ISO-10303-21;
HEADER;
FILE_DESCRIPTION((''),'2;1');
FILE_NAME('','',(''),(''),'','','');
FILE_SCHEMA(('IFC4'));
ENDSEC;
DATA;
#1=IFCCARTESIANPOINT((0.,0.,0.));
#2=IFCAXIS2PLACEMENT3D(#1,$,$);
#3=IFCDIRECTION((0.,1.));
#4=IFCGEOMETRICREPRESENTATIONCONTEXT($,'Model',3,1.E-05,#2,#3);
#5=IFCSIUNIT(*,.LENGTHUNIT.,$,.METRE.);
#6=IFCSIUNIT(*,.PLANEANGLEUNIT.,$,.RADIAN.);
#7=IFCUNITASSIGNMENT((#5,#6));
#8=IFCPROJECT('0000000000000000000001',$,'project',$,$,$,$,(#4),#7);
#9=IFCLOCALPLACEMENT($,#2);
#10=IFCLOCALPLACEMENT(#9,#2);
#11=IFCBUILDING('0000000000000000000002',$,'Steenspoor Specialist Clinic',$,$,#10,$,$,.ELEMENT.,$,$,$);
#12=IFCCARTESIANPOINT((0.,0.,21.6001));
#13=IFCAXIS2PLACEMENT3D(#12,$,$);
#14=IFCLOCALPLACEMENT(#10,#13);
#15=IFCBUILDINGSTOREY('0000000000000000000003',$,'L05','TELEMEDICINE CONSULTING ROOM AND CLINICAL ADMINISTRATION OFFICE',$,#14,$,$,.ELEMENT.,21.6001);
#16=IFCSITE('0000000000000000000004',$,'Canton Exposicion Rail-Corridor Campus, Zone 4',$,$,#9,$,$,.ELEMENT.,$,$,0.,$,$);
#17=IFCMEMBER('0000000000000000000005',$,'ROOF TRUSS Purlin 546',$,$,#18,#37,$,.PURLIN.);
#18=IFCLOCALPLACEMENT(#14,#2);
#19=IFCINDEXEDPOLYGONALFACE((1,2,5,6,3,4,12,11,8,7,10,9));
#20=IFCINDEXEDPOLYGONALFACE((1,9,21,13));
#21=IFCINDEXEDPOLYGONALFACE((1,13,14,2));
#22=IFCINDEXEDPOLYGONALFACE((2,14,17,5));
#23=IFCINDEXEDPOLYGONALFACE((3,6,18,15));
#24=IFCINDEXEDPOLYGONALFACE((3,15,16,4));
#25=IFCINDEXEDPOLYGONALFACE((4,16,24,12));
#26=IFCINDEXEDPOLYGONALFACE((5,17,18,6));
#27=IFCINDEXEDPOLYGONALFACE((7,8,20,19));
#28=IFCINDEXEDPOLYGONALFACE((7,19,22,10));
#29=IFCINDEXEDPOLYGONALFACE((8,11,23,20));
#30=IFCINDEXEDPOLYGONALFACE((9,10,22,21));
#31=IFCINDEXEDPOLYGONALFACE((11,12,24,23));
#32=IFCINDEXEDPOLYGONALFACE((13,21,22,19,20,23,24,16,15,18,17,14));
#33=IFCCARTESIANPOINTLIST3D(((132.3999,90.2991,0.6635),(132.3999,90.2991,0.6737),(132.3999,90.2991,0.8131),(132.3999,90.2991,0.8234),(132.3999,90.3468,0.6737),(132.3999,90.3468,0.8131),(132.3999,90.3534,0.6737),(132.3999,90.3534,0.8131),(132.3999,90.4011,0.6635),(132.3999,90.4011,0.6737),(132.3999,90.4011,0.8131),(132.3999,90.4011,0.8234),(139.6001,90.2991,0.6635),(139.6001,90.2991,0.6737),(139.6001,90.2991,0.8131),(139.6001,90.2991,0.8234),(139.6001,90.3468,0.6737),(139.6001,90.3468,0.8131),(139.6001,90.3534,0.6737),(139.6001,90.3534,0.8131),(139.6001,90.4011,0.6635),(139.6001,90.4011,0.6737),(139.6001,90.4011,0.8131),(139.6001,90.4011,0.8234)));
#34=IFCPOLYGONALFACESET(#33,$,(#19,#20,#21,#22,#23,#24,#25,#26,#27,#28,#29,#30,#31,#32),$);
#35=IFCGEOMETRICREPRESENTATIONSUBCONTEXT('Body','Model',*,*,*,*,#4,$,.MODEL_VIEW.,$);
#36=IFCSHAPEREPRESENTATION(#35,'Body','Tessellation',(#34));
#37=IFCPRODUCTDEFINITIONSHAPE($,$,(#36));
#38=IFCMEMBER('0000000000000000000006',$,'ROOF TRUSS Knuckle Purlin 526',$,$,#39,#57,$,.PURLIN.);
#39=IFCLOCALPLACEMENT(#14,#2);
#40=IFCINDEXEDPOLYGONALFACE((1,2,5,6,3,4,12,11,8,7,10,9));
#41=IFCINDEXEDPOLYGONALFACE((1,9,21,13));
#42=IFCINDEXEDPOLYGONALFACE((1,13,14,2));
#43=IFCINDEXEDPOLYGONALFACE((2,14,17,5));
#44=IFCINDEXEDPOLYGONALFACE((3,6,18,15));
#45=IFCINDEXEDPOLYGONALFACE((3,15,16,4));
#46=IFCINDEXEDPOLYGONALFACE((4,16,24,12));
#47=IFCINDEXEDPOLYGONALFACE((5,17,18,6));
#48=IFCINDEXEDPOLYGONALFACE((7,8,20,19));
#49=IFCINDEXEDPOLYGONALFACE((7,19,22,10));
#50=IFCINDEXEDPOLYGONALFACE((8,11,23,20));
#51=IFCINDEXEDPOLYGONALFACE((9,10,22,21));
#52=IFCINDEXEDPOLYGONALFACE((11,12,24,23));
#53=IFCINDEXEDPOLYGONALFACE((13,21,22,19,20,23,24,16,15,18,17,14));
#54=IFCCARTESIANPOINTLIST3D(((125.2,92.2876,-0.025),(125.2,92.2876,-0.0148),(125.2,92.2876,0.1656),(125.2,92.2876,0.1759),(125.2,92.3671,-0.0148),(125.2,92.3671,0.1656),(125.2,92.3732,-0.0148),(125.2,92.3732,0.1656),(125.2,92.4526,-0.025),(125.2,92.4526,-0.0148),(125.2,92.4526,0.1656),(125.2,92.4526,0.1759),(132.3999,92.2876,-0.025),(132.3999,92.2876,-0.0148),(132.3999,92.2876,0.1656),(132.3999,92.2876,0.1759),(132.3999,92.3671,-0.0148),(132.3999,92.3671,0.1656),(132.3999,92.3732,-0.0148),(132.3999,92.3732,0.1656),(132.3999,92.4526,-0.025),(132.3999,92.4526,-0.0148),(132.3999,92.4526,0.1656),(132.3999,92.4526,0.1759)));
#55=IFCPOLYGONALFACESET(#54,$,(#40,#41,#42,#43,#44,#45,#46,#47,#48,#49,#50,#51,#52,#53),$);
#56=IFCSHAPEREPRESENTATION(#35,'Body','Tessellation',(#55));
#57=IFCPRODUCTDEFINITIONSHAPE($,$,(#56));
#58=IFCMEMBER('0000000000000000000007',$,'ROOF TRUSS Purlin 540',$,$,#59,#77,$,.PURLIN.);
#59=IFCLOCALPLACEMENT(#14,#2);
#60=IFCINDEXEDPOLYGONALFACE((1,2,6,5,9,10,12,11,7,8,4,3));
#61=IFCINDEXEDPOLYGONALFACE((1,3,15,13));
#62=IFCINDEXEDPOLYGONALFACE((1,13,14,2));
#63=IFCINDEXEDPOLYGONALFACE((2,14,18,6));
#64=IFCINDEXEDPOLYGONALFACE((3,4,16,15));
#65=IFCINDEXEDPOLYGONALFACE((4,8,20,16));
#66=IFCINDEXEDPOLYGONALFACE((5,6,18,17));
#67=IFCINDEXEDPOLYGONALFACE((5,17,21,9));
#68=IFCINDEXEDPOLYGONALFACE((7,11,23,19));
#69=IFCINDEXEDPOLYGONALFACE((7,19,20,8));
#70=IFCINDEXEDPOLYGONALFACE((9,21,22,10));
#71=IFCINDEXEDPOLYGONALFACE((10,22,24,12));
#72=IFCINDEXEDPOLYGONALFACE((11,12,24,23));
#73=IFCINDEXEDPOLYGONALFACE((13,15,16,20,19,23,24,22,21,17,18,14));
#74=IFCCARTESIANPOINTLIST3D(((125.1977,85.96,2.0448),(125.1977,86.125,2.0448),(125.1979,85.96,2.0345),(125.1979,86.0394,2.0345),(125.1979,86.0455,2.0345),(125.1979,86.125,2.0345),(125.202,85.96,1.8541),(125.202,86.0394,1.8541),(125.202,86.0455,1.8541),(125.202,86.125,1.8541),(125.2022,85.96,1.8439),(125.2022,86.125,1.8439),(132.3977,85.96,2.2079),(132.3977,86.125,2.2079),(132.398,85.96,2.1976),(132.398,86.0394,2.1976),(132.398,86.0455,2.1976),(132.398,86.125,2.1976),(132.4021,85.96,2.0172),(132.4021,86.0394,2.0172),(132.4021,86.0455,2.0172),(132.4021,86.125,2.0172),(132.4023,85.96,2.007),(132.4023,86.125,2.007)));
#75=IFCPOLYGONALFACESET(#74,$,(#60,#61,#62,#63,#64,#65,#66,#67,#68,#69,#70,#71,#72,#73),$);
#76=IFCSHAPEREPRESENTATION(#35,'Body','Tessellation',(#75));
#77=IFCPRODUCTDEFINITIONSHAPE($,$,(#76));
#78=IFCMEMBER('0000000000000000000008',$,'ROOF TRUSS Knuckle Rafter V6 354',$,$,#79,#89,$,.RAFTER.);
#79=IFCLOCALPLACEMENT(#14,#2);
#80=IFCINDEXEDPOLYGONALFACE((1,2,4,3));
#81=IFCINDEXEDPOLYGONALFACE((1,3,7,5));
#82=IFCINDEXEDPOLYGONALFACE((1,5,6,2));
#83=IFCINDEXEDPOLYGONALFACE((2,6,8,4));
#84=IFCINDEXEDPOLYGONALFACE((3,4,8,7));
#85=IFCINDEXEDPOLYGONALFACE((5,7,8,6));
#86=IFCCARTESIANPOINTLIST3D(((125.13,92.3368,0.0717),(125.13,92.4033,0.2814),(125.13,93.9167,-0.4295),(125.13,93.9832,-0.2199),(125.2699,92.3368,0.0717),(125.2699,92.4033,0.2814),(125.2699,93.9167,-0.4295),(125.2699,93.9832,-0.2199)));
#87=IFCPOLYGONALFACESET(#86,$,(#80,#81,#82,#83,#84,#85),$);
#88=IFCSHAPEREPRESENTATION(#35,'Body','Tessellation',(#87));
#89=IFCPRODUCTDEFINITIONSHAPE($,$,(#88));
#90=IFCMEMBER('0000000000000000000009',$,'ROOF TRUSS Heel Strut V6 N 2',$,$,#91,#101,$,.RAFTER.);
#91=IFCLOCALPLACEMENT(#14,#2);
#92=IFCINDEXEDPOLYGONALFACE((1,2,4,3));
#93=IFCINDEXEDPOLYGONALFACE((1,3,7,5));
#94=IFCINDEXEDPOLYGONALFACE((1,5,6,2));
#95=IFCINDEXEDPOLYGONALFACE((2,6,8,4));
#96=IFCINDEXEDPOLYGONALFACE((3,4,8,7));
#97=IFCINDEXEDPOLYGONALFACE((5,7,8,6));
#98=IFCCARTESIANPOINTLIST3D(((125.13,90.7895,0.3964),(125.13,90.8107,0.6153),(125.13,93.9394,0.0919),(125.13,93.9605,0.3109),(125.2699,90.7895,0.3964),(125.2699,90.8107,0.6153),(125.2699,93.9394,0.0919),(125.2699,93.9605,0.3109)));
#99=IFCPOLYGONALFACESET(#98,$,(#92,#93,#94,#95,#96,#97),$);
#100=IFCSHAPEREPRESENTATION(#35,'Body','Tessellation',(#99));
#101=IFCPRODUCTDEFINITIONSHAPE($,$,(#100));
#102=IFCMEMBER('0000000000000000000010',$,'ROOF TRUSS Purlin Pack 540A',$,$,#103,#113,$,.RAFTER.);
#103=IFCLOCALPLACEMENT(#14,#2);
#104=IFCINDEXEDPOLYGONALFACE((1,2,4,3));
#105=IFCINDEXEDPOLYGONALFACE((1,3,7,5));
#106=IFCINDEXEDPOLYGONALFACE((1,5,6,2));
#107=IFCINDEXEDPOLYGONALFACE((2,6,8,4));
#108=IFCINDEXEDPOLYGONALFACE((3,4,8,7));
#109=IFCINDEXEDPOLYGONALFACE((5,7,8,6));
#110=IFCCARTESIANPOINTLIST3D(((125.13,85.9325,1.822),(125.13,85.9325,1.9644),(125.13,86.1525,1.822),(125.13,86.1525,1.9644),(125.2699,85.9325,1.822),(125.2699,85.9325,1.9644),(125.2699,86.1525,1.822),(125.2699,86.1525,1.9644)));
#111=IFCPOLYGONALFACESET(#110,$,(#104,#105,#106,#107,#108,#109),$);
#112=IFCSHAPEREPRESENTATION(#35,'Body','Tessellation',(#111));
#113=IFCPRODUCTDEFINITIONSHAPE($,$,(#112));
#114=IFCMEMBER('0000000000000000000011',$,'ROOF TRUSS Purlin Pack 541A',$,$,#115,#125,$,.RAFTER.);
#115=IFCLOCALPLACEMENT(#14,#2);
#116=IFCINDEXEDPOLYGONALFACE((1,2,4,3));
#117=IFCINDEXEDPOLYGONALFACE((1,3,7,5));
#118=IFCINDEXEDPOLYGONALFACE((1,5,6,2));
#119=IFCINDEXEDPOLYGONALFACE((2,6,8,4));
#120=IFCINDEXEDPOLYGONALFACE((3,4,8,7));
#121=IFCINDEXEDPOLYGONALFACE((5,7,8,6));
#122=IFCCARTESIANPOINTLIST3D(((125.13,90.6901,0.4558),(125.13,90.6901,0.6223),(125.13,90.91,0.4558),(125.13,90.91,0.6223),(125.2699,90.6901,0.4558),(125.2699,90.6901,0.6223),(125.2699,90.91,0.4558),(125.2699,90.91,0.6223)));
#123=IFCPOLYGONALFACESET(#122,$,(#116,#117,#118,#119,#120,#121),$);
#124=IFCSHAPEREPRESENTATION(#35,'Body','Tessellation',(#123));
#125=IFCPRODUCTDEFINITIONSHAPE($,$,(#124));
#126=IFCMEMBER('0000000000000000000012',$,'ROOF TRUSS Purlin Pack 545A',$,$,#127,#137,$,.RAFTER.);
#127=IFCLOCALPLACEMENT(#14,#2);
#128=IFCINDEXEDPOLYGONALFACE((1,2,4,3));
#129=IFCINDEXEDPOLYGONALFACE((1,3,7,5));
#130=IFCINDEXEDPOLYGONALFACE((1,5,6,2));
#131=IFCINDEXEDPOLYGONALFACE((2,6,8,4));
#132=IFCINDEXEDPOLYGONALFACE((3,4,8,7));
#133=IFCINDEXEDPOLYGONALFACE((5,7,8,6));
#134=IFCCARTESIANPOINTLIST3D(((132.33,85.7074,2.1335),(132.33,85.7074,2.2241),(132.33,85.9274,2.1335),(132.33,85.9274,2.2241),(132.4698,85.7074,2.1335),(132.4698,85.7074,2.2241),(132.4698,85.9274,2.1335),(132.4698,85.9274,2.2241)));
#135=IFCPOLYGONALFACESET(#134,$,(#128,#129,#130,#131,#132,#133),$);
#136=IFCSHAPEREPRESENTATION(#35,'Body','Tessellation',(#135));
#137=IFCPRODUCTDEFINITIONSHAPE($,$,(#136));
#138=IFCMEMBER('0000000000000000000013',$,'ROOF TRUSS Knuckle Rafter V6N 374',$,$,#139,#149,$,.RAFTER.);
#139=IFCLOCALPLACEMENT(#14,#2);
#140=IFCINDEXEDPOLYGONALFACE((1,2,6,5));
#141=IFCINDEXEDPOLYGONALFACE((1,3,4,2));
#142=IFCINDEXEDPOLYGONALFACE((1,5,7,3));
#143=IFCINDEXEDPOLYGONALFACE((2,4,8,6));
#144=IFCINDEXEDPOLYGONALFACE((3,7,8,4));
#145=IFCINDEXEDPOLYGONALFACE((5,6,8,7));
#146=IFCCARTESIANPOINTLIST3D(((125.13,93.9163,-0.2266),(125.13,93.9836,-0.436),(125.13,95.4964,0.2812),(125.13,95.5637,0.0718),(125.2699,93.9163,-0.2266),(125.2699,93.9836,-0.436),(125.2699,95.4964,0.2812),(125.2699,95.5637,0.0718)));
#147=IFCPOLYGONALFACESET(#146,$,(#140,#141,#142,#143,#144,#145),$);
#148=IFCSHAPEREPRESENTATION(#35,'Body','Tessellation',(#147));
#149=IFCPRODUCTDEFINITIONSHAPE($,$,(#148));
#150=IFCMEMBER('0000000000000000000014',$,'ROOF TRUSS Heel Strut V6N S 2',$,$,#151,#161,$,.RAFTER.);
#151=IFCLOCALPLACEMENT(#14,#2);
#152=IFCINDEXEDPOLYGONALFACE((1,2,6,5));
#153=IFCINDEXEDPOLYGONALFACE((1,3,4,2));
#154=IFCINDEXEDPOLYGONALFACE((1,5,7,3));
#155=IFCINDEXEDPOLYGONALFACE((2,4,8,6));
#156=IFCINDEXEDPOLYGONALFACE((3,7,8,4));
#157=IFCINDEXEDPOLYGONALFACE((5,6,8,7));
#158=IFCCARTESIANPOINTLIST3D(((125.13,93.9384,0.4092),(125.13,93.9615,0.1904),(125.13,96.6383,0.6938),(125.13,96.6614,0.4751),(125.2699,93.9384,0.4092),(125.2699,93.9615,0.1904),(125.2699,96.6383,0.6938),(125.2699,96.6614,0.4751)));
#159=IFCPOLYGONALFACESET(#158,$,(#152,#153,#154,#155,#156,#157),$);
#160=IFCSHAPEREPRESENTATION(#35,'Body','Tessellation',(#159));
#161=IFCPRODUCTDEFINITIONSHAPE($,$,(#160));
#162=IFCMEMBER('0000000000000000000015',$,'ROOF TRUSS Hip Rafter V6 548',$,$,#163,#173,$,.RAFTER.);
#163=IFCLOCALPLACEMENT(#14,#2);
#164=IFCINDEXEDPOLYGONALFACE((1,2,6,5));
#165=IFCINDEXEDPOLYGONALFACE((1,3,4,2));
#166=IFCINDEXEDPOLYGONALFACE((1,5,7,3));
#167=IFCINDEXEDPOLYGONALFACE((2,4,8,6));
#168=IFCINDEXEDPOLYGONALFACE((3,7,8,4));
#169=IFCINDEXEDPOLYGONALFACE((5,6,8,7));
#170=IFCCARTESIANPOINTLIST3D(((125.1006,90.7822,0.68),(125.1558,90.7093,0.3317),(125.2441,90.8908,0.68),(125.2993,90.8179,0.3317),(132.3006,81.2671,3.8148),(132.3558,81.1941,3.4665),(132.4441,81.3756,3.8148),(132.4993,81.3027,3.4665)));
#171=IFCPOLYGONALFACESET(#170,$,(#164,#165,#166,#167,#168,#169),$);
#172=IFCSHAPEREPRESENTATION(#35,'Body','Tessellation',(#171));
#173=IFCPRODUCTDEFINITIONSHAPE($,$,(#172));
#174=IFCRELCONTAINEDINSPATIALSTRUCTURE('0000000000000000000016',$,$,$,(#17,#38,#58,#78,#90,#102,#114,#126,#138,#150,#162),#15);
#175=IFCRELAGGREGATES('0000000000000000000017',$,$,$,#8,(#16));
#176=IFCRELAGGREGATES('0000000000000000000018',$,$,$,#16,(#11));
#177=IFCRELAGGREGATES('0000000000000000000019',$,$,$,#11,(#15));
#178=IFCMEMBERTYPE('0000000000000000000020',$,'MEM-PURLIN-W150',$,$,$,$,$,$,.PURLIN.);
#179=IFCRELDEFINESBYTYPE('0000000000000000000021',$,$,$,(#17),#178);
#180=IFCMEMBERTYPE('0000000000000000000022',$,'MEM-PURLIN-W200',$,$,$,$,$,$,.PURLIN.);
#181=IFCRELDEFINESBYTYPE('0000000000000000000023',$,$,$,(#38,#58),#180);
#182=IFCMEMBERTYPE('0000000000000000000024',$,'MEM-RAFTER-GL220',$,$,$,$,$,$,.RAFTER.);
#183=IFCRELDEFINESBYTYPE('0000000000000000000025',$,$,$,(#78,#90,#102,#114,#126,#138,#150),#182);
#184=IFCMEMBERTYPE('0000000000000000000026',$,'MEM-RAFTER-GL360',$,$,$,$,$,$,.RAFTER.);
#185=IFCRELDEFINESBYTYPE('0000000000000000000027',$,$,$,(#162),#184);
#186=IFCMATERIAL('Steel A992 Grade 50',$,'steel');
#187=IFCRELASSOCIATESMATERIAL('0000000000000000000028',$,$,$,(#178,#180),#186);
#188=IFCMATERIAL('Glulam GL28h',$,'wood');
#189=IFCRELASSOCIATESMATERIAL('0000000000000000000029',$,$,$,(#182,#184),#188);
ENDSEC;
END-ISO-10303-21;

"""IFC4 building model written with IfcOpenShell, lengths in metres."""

from ifc_helpers import new_model, si_unit, direction, frame, origin, origin_2d, place, context, subcontext, project, spatial, rectangle, i_section, extrude, material, material_profile, profile_set, type_object, element, save


model = new_model("IFC4")

# Units and contexts
model_context = context("Model", 3, precision=1e-05, world=origin(), true_north=direction((0.0, 1.0)))
body_context = subcontext(model_context, "Body", "Model", "MODEL_VIEW")
ifc_project = project(units=[si_unit("LENGTHUNIT", "METRE"), si_unit("PLANEANGLEUNIT", "RADIAN")], contexts=[model_context])

# Site, building, storey
site_placement = place(None, origin())
site = spatial("IfcSite", under=ifc_project, at=site_placement, Name="Canton Exposicion Rail-Corridor Campus, Zone 4", CompositionType="ELEMENT", RefElevation=0.0)
building_placement = place(site_placement, origin())
building = spatial("IfcBuilding", under=site, at=building_placement, Name="Steenspoor Specialist Clinic", CompositionType="ELEMENT")
storey_placement = place(building_placement, frame((0.0, 0.0, 21.6001)))
storey = spatial("IfcBuildingStorey", under=building, at=storey_placement, Name="L05", Description="TELEMEDICINE CONSULTING ROOM AND CLINICAL ADMINISTRATION OFFICE", CompositionType="ELEMENT", Elevation=21.6001)

# Shared definitions
ifc_material_1 = material(Name="Glulam GL28h", Category="wood")

# Members
ifc_material_2 = material(Name="Steel A992 Grade 50", Category="steel")
ifc_material_profile_1 = material_profile(ifc_material_2, i_section(OverallWidth=0.1021, OverallDepth=0.1599, WebThickness=0.0066, FlangeThickness=0.0103, at=origin_2d()), Name="W150X24")
ifc_profile_set_1 = profile_set([ifc_material_profile_1], Name="Steel A992 Grade 50")
member_type_1 = type_object("IfcMemberType", Name="MEM-PURLIN-W150", PredefinedType="PURLIN", material=ifc_profile_set_1)
member_1_placement = place(storey_placement, frame((132.3999, 90.3501, 0.7434), z_axis=(1.0, 0.0, 0.0), x_axis=(0.0, 1.0, 0.0)))
element("IfcMember", 1, at=member_1_placement, inside=storey, type_object=member_type_1, Name="ROOF TRUSS Purlin 546", PredefinedType="PURLIN", context=body_context, shape_type="SweptSolid", body=[
    extrude(i_section(OverallWidth=0.1021, OverallDepth=0.1599, WebThickness=0.0066, FlangeThickness=0.0103, at=origin_2d()), origin(), (0.0, 0.0, 1.0), 7.2002),
])
ifc_material_profile_2 = material_profile(ifc_material_2, i_section(OverallWidth=0.165, OverallDepth=0.2009, WebThickness=0.0061, FlangeThickness=0.0103, at=origin_2d()), Name="W200X36")
ifc_profile_set_2 = profile_set([ifc_material_profile_2], Name="Steel A992 Grade 50")
member_type_2 = type_object("IfcMemberType", Name="MEM-PURLIN-W200", PredefinedType="PURLIN", material=ifc_profile_set_2)
member_2_placement = place(storey_placement, frame((125.2, 92.3701, 0.0754), z_axis=(1.0, 0.0, 0.0), x_axis=(0.0, 1.0, 0.0)))
element("IfcMember", 2, at=member_2_placement, inside=storey, type_object=member_type_2, Name="ROOF TRUSS Knuckle Purlin 526", PredefinedType="PURLIN", context=body_context, shape_type="SweptSolid", body=[
    extrude(i_section(OverallWidth=0.165, OverallDepth=0.2009, WebThickness=0.0061, FlangeThickness=0.0103, at=origin_2d()), origin(), (0.0, 0.0, 1.0), 7.2),
])
member_3_placement = place(storey_placement, frame((125.2, 86.0425, 1.9443), z_axis=(0.999744, 0.0, 0.022645), x_axis=(0.0, 1.0, 0.0)))
element("IfcMember", 3, at=member_3_placement, inside=storey, type_object=member_type_2, Name="ROOF TRUSS Purlin 540", PredefinedType="PURLIN", context=body_context, shape_type="SweptSolid", body=[
    extrude(i_section(OverallWidth=0.165, OverallDepth=0.2009, WebThickness=0.0061, FlangeThickness=0.0103, at=origin_2d()), origin(), (0.0, 0.0, 1.0), 7.2019),
])
ifc_material_profile_3 = material_profile(ifc_material_1, rectangle(XDim=0.1399, YDim=0.22, at=origin_2d()), Name="GL28H-140X220")
ifc_profile_set_3 = profile_set([ifc_material_profile_3], Name="Glulam GL28h")
member_type_3 = type_object("IfcMemberType", Name="MEM-RAFTER-GL220", PredefinedType="RAFTER", material=ifc_profile_set_3)
member_4_placement = place(storey_placement, frame((125.2, 93.95, -0.3247), z_axis=(0.0, -0.953179, 0.302407), x_axis=(1.0, 0.0, 0.0)))
element("IfcMember", 4, at=member_4_placement, inside=storey, type_object=member_type_3, Name="ROOF TRUSS Knuckle Rafter V6 354", PredefinedType="RAFTER", context=body_context, shape_type="SweptSolid", body=[
    extrude(rectangle(XDim=0.1399, YDim=0.22, at=origin_2d()), origin(), (0.0, 0.0, 1.0), 1.6575),
])
member_5_placement = place(storey_placement, frame((125.2, 93.95, 0.2014), z_axis=(0.0, -0.995362, 0.096203), x_axis=(1.0, 0.0, 0.0)))
element("IfcMember", 5, at=member_5_placement, inside=storey, type_object=member_type_3, Name="ROOF TRUSS Heel Strut V6 N 2", PredefinedType="RAFTER", context=body_context, shape_type="SweptSolid", body=[
    extrude(rectangle(XDim=0.1399, YDim=0.22, at=origin_2d()), origin(), (0.0, 0.0, 1.0), 3.1646),
])
member_6_placement = place(storey_placement, frame((125.2, 86.0425, 1.822), z_axis=(0.0, 0.0, 1.0), x_axis=(1.0, 0.0, 0.0)))
element("IfcMember", 6, at=member_6_placement, inside=storey, type_object=member_type_3, Name="ROOF TRUSS Purlin Pack 540A", PredefinedType="RAFTER", context=body_context, shape_type="SweptSolid", body=[
    extrude(rectangle(XDim=0.1399, YDim=0.22, at=origin_2d()), origin(), (0.0, 0.0, 1.0), 0.1423),
])
member_7_placement = place(storey_placement, frame((125.2, 90.8, 0.4558), z_axis=(0.0, 0.0, 1.0), x_axis=(1.0, 0.0, 0.0)))
element("IfcMember", 7, at=member_7_placement, inside=storey, type_object=member_type_3, Name="ROOF TRUSS Purlin Pack 541A", PredefinedType="RAFTER", context=body_context, shape_type="SweptSolid", body=[
    extrude(rectangle(XDim=0.1399, YDim=0.22, at=origin_2d()), origin(), (0.0, 0.0, 1.0), 0.1665),
])
member_8_placement = place(storey_placement, frame((132.3999, 85.8174, 2.1335), z_axis=(0.0, 0.0, 1.0), x_axis=(1.0, 0.0, 0.0)))
element("IfcMember", 8, at=member_8_placement, inside=storey, type_object=member_type_3, Name="ROOF TRUSS Purlin Pack 545A", PredefinedType="RAFTER", context=body_context, shape_type="SweptSolid", body=[
    extrude(rectangle(XDim=0.1399, YDim=0.22, at=origin_2d()), origin(), (0.0, 0.0, 1.0), 0.0906),
])
member_9_placement = place(storey_placement, frame((125.2, 93.95, -0.3313), z_axis=(0.0, 0.952041, 0.305971), x_axis=(-1.0, 0.0, 0.0)))
element("IfcMember", 9, at=member_9_placement, inside=storey, type_object=member_type_3, Name="ROOF TRUSS Knuckle Rafter V6N 374", PredefinedType="RAFTER", context=body_context, shape_type="SweptSolid", body=[
    extrude(rectangle(XDim=0.1399, YDim=0.22, at=origin_2d()), origin(), (0.0, 0.0, 1.0), 1.6597),
])
member_10_placement = place(storey_placement, frame((125.2, 93.95, 0.2998), z_axis=(0.0, 0.994488, 0.104853), x_axis=(-1.0, 0.0, 0.0)))
element("IfcMember", 10, at=member_10_placement, inside=storey, type_object=member_type_3, Name="ROOF TRUSS Heel Strut V6N S 2", PredefinedType="RAFTER", context=body_context, shape_type="SweptSolid", body=[
    extrude(rectangle(XDim=0.1399, YDim=0.22, at=origin_2d()), origin(), (0.0, 0.0, 1.0), 2.7148),
])
ifc_material_profile_4 = material_profile(ifc_material_1, rectangle(XDim=0.1799, YDim=0.3601, at=origin_2d()), Name="GL28H-180X360")
ifc_profile_set_4 = profile_set([ifc_material_profile_4], Name="Glulam GL28h")
member_type_4 = type_object("IfcMemberType", Name="MEM-RAFTER-GL360", PredefinedType="RAFTER", material=ifc_profile_set_4)
member_11_placement = place(storey_placement, frame((125.2, 90.8, 0.5059), z_axis=(0.583602, -0.771262, 0.254093), x_axis=(0.797434, 0.603406, 0.0)))
element("IfcMember", 11, at=member_11_placement, inside=storey, type_object=member_type_4, Name="ROOF TRUSS Hip Rafter V6 548", PredefinedType="RAFTER", context=body_context, shape_type="SweptSolid", body=[
    extrude(rectangle(XDim=0.1799, YDim=0.3601, at=origin_2d()), origin(), (0.0, 0.0, 1.0), 12.3372),
])

save(model, "model.ifc")
